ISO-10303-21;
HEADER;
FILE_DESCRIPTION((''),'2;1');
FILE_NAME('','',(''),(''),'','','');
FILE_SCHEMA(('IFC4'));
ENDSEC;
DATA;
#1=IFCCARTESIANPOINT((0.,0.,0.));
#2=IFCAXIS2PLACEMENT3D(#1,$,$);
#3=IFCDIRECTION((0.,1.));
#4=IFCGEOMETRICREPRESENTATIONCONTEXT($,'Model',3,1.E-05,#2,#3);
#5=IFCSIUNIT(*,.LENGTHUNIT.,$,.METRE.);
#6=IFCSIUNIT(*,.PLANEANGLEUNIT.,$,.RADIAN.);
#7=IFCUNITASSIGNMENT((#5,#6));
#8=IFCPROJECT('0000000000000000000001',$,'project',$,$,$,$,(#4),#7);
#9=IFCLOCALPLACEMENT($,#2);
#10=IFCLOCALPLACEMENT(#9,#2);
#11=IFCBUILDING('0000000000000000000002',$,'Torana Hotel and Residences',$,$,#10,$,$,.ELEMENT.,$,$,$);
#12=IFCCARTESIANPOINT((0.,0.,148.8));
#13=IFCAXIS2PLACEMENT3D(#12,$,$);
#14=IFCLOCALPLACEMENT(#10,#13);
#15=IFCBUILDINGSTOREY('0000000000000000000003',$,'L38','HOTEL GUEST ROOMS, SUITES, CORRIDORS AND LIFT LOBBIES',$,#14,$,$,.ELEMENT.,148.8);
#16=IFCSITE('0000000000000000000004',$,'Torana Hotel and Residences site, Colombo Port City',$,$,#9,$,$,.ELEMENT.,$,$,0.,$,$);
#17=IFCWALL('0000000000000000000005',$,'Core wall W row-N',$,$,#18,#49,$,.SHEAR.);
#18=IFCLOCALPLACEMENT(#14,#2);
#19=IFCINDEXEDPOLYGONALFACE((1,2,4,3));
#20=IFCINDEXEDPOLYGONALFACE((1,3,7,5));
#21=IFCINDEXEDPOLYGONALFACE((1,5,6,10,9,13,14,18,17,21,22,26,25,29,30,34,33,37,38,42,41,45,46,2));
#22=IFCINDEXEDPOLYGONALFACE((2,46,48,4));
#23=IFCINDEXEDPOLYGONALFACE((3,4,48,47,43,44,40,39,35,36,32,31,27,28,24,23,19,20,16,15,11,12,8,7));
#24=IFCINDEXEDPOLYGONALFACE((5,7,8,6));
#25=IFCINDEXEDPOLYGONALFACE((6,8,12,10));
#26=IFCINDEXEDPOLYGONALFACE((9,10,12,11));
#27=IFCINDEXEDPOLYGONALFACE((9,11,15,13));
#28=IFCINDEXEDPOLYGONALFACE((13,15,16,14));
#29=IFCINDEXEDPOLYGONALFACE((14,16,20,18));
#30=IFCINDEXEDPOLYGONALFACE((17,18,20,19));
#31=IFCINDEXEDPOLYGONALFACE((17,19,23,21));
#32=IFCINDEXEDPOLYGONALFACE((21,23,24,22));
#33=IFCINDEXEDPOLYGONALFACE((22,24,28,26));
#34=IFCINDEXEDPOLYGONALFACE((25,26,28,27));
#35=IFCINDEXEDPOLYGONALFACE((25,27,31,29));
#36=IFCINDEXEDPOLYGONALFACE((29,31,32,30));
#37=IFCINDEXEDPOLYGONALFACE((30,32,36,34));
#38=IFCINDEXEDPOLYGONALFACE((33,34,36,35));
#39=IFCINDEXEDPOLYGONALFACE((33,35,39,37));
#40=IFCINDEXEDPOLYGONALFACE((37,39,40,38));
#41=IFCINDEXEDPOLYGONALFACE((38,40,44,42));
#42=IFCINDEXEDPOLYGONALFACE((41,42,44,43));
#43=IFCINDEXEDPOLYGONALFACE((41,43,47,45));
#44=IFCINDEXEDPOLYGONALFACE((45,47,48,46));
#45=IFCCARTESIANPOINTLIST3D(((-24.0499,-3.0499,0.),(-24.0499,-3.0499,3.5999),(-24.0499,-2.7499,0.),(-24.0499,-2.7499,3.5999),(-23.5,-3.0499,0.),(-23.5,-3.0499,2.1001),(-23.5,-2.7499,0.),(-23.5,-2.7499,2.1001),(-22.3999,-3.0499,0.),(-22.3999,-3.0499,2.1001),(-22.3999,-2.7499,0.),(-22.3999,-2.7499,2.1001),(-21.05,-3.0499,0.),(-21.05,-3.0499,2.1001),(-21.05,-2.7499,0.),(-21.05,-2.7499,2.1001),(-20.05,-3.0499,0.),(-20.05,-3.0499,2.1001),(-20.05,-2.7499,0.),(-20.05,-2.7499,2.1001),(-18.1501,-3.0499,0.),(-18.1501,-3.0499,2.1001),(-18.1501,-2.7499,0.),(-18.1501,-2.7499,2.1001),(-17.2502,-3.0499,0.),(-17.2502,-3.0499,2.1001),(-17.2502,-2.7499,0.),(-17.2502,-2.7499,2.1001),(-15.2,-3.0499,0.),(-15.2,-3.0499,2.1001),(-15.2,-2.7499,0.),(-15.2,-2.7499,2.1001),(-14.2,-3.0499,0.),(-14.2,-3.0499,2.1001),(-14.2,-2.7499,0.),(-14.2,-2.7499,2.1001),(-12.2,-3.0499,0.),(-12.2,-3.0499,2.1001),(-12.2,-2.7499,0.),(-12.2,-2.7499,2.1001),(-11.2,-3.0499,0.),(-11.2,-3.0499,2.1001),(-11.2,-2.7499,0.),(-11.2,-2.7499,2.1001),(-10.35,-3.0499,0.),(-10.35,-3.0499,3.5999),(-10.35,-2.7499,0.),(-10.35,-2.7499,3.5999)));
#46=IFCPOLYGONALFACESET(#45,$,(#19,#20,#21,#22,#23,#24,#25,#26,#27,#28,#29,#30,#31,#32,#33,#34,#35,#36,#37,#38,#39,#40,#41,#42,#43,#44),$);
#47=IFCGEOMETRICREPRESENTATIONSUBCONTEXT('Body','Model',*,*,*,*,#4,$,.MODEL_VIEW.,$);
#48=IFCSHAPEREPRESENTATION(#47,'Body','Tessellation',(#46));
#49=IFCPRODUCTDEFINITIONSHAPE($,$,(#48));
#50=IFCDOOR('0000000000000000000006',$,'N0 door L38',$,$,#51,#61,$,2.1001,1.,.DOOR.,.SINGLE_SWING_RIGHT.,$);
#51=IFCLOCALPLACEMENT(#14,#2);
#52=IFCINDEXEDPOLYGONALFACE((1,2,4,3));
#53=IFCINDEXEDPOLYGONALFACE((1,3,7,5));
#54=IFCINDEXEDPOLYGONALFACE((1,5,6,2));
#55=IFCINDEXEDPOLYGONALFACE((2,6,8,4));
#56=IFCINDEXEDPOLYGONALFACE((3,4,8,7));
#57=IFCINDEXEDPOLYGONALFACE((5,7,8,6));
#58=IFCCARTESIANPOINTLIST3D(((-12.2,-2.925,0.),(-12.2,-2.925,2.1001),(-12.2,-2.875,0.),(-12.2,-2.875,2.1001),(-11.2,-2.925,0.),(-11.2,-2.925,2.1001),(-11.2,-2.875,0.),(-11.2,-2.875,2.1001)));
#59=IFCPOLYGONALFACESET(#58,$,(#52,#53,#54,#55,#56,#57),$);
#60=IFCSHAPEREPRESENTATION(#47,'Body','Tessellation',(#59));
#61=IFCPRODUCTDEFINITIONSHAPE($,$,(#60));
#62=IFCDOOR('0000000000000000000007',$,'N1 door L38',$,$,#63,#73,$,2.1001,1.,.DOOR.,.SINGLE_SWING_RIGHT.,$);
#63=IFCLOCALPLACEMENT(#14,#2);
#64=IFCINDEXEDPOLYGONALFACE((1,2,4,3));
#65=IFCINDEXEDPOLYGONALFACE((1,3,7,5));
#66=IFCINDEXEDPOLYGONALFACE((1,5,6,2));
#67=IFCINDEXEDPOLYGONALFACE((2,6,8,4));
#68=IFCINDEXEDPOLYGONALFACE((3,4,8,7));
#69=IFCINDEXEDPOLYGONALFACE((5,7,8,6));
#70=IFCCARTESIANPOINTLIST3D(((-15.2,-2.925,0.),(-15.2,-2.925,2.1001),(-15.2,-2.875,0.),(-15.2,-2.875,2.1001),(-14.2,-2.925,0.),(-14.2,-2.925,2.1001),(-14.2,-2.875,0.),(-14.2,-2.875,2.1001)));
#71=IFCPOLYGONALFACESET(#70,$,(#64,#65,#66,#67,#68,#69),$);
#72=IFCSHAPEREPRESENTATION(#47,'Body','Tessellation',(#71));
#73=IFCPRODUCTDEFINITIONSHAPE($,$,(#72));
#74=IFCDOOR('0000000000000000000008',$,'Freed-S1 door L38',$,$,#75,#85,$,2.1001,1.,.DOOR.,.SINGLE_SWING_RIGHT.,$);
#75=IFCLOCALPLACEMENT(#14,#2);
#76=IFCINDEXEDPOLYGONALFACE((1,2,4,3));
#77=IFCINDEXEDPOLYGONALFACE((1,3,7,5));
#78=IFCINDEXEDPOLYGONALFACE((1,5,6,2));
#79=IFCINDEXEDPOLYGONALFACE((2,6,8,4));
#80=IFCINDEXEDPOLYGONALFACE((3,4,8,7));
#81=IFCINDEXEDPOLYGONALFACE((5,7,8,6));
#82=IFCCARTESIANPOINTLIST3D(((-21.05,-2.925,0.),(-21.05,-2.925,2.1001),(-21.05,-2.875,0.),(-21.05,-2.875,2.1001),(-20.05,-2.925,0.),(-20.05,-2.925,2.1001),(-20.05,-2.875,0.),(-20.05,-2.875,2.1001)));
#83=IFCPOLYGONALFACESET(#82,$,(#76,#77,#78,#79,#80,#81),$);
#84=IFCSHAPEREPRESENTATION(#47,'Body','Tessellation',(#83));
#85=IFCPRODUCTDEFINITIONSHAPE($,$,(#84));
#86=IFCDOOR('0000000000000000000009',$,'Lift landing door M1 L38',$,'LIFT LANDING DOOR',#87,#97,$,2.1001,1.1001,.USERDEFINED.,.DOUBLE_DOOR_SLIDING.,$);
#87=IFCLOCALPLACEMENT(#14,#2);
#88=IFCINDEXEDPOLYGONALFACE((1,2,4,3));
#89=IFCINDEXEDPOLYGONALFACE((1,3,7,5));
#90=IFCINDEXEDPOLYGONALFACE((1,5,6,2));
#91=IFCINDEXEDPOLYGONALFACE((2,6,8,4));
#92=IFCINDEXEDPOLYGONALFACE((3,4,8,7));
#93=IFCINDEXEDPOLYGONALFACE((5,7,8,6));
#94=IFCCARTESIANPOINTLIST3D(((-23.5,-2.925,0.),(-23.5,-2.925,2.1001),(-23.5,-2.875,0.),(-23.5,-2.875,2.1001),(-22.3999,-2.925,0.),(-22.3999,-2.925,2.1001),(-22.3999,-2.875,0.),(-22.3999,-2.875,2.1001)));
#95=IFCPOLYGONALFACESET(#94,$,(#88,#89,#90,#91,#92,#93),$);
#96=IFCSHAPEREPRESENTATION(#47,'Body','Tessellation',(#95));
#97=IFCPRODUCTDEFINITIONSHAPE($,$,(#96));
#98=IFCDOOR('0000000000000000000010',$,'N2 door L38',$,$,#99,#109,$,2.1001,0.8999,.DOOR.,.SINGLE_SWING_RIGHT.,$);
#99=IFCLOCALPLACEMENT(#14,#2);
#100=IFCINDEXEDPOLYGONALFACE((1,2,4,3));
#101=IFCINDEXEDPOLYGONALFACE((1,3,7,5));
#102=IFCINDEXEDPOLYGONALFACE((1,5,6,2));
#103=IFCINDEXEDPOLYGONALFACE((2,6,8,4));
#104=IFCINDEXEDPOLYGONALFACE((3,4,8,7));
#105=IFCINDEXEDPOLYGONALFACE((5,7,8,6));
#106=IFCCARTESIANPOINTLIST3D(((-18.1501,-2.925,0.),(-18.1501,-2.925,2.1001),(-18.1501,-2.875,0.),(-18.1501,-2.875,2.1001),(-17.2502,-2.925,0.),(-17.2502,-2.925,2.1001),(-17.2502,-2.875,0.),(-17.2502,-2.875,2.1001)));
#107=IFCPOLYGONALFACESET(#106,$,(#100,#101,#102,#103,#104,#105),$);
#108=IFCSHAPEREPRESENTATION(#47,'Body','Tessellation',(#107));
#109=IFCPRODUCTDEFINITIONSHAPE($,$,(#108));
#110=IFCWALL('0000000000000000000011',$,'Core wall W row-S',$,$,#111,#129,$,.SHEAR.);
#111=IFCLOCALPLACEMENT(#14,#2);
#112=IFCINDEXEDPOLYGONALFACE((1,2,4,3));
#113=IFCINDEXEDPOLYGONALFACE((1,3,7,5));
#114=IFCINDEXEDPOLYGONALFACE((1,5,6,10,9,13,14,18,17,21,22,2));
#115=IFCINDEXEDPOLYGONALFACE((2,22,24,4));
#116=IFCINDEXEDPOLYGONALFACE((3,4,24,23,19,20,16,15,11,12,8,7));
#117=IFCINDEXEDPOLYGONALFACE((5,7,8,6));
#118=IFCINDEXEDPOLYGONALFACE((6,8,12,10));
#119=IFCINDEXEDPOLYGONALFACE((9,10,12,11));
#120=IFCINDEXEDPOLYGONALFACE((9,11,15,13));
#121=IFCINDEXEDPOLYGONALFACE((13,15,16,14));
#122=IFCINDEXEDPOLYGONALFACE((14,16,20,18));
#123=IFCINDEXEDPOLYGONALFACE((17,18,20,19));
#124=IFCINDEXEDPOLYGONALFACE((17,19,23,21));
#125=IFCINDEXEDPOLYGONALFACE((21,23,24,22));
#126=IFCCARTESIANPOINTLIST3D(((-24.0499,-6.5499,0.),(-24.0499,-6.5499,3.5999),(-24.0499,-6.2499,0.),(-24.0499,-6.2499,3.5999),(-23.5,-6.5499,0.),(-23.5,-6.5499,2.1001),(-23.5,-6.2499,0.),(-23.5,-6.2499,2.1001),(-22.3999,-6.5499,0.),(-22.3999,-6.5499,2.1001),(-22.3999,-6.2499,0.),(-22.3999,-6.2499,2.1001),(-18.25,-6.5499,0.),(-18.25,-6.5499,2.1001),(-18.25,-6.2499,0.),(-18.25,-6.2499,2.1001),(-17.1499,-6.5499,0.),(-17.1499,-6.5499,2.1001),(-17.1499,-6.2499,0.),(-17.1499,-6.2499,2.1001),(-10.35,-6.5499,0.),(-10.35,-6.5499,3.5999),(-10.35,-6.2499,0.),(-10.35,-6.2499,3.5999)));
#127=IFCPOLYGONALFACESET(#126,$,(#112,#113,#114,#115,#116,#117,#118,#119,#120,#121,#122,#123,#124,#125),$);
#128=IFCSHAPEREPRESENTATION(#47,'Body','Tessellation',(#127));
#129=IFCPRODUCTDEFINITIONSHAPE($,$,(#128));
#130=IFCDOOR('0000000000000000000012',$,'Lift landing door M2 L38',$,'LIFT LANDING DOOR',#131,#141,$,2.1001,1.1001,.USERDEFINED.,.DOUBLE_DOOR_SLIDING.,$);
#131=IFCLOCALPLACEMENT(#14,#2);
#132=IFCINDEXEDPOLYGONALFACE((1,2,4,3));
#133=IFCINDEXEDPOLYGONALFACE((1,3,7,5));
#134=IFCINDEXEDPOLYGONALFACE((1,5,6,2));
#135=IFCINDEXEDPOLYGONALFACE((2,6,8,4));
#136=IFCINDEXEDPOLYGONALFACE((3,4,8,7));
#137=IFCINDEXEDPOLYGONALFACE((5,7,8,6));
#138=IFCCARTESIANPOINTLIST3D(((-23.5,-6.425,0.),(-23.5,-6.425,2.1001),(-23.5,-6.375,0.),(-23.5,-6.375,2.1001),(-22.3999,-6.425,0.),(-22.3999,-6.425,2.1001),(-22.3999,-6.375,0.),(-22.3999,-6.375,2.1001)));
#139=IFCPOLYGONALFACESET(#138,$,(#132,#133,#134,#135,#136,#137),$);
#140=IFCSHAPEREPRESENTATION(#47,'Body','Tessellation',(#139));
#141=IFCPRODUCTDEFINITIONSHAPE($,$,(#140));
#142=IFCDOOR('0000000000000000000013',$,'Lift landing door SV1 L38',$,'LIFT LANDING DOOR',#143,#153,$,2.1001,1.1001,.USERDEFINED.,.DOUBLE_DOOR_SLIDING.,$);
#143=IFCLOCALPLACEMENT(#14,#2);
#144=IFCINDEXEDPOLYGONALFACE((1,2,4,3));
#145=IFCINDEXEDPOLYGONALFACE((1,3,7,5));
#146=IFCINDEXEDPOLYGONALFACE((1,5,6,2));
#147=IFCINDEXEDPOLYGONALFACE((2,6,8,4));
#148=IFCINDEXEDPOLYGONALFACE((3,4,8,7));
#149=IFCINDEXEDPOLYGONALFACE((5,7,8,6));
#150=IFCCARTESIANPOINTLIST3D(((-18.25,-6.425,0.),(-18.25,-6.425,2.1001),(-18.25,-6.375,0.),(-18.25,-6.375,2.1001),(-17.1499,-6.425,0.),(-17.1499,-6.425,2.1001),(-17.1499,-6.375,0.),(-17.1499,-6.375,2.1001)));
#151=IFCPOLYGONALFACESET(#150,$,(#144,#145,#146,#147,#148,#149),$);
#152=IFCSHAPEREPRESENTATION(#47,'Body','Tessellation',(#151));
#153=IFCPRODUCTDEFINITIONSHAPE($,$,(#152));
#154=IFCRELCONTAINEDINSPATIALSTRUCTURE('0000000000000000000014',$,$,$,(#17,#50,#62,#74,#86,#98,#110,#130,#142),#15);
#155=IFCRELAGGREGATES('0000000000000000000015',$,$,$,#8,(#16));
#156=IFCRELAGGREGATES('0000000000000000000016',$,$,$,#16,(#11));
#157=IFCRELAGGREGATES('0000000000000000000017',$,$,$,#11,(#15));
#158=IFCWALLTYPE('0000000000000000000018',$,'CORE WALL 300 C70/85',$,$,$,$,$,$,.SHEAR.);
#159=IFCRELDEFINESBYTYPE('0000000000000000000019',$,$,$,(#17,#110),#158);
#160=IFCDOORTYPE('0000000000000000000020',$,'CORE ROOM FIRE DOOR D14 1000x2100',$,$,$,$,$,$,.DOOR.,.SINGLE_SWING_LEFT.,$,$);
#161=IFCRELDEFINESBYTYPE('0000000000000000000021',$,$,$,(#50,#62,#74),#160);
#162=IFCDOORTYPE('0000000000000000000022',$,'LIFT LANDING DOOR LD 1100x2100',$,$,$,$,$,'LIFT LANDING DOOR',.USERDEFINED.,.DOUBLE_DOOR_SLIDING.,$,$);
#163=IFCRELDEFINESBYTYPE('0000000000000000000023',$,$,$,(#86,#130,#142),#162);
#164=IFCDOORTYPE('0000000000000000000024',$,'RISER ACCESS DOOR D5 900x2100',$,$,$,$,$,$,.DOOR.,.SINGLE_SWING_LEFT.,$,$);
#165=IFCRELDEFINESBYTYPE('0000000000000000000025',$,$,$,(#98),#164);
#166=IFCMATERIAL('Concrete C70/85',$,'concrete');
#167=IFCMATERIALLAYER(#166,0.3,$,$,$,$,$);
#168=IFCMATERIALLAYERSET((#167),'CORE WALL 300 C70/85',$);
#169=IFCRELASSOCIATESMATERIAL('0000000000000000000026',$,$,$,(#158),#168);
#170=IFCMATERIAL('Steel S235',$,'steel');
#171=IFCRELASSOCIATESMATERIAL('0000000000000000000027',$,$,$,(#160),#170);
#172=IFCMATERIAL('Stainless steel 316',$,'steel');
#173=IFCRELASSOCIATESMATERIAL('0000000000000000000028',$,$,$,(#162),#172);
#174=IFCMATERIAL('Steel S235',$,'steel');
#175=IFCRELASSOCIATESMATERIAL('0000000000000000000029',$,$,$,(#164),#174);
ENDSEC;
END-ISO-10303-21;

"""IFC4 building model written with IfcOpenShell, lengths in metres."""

from ifc_helpers import new_model, si_unit, direction, frame, frame_2d, origin, place, context, subcontext, project, spatial, rectangle, extrude, material, layer, layer_set, type_object, element, fill, save


model = new_model("IFC4")

# Units and contexts
model_context = context("Model", 3, precision=1e-05, world=origin(), true_north=direction((0.0, 1.0)))
body_context = subcontext(model_context, "Body", "Model", "MODEL_VIEW")
ifc_project = project(units=[si_unit("LENGTHUNIT", "METRE"), si_unit("PLANEANGLEUNIT", "RADIAN")], contexts=[model_context])

# Site, building, storey
site_placement = place(None, origin())
site = spatial("IfcSite", under=ifc_project, at=site_placement, Name="Torana Hotel and Residences site, Colombo Port City", CompositionType="ELEMENT", RefElevation=0.0)
building_placement = place(site_placement, origin())
building = spatial("IfcBuilding", under=site, at=building_placement, Name="Torana Hotel and Residences", CompositionType="ELEMENT")
storey_placement = place(building_placement, frame((0.0, 0.0, 148.8)))
storey = spatial("IfcBuildingStorey", under=building, at=storey_placement, Name="L38", Description="HOTEL GUEST ROOMS, SUITES, CORRIDORS AND LIFT LOBBIES", CompositionType="ELEMENT", Elevation=148.8)

# Walls, openings, doors
ifc_material_1 = material(Name="Concrete C70/85", Category="concrete")
ifc_layer_1 = layer(ifc_material_1, 0.3)
ifc_layer_set_1 = layer_set([ifc_layer_1], Name="CORE WALL 300 C70/85")
wall_type_1 = type_object("IfcWallType", Name="CORE WALL 300 C70/85", PredefinedType="SHEAR", material=ifc_layer_set_1)
wall_1_placement = place(storey_placement, frame((-24.05, -2.8999, 0.0), z_axis=(0.0, 0.0, 1.0), x_axis=(1.0, 0.0, 0.0)))
wall_1 = element("IfcWall", 1, at=wall_1_placement, inside=storey, type_object=wall_type_1, Name="Core wall W row-N", PredefinedType="SHEAR", context=body_context, shape_type="SweptSolid", body=[
    extrude(rectangle(XDim=13.7, YDim=0.3, at=frame_2d((6.8501, 0.0))), origin(), (0.0, 0.0, 1.0), 3.5999),
])
opening_1_placement = place(wall_1_placement, frame((0.55, 0.0, 0.0)))
opening_1 = element("IfcOpeningElement", 2, at=opening_1_placement, cuts=wall_1, PredefinedType="OPENING", context=body_context, shape_type="SweptSolid", body=[
    extrude(rectangle(XDim=1.1001, YDim=2.1001, at=frame_2d((0.55, 1.05))), frame((0.0, 0.1599, 0.0), z_axis=(0.0, -1.0, 0.0), x_axis=(1.0, 0.0, 0.0)), (0.0, 0.0, 1.0), 0.3201),
])
opening_2_placement = place(wall_1_placement, frame((5.8999, 0.0, 0.0)))
opening_2 = element("IfcOpeningElement", 3, at=opening_2_placement, cuts=wall_1, PredefinedType="OPENING", context=body_context, shape_type="SweptSolid", body=[
    extrude(rectangle(XDim=0.8999, YDim=2.1001, at=frame_2d((0.45, 1.05))), frame((0.0, 0.1599, 0.0), z_axis=(0.0, -1.0, 0.0), x_axis=(1.0, 0.0, 0.0)), (0.0, 0.0, 1.0), 0.3201),
])
opening_3_placement = place(wall_1_placement, frame((11.8501, 0.0, 0.0)))
opening_3 = element("IfcOpeningElement", 4, at=opening_3_placement, cuts=wall_1, PredefinedType="OPENING", context=body_context, shape_type="SweptSolid", body=[
    extrude(rectangle(XDim=1.0, YDim=2.1001, at=frame_2d((0.5, 1.05))), frame((0.0, 0.1599, 0.0), z_axis=(0.0, -1.0, 0.0), x_axis=(1.0, 0.0, 0.0)), (0.0, 0.0, 1.0), 0.3201),
])
opening_4_placement = place(wall_1_placement, frame((8.8501, 0.0, 0.0)))
opening_4 = element("IfcOpeningElement", 5, at=opening_4_placement, cuts=wall_1, PredefinedType="OPENING", context=body_context, shape_type="SweptSolid", body=[
    extrude(rectangle(XDim=1.0, YDim=2.1001, at=frame_2d((0.5, 1.05))), frame((0.0, 0.1599, 0.0), z_axis=(0.0, -1.0, 0.0), x_axis=(1.0, 0.0, 0.0)), (0.0, 0.0, 1.0), 0.3201),
])
opening_5_placement = place(wall_1_placement, frame((3.0, 0.0, 0.0)))
opening_5 = element("IfcOpeningElement", 6, at=opening_5_placement, cuts=wall_1, PredefinedType="OPENING", context=body_context, shape_type="SweptSolid", body=[
    extrude(rectangle(XDim=1.0, YDim=2.1001, at=frame_2d((0.5, 1.05))), frame((0.0, 0.1599, 0.0), z_axis=(0.0, -1.0, 0.0), x_axis=(1.0, 0.0, 0.0)), (0.0, 0.0, 1.0), 0.3201),
])
ifc_material_2 = material(Name="Steel S235", Category="steel")
door_type_1 = type_object("IfcDoorType", Name="CORE ROOM FIRE DOOR D14 1000x2100", OperationType="SINGLE_SWING_LEFT", PredefinedType="DOOR", material=ifc_material_2)
door_1_placement = place(opening_3_placement, origin())
door_1 = element("IfcDoor", 7, at=door_1_placement, inside=storey, type_object=door_type_1, Name="N0 door L38", OperationType="SINGLE_SWING_RIGHT", OverallHeight=2.1001, OverallWidth=1.0, PredefinedType="DOOR", context=body_context, shape_type="SweptSolid", body=[
    extrude(rectangle(XDim=1.0, YDim=2.1001, at=frame_2d((0.5, 1.05))), frame((0.0, 0.0249, 0.0), z_axis=(0.0, -1.0, 0.0), x_axis=(1.0, 0.0, 0.0)), (0.0, 0.0, 1.0), 0.05),
])
fill(opening_3, door_1)
door_2_placement = place(opening_4_placement, origin())
door_2 = element("IfcDoor", 8, at=door_2_placement, inside=storey, type_object=door_type_1, Name="N1 door L38", OperationType="SINGLE_SWING_RIGHT", OverallHeight=2.1001, OverallWidth=1.0, PredefinedType="DOOR", context=body_context, shape_type="SweptSolid", body=[
    extrude(rectangle(XDim=1.0, YDim=2.1001, at=frame_2d((0.5, 1.05))), frame((0.0, 0.0249, 0.0), z_axis=(0.0, -1.0, 0.0), x_axis=(1.0, 0.0, 0.0)), (0.0, 0.0, 1.0), 0.05),
])
fill(opening_4, door_2)
door_3_placement = place(opening_5_placement, origin())
door_3 = element("IfcDoor", 9, at=door_3_placement, inside=storey, type_object=door_type_1, Name="Freed-S1 door L38", OperationType="SINGLE_SWING_RIGHT", OverallHeight=2.1001, OverallWidth=1.0, PredefinedType="DOOR", context=body_context, shape_type="SweptSolid", body=[
    extrude(rectangle(XDim=1.0, YDim=2.1001, at=frame_2d((0.5, 1.05))), frame((0.0, 0.0249, 0.0), z_axis=(0.0, -1.0, 0.0), x_axis=(1.0, 0.0, 0.0)), (0.0, 0.0, 1.0), 0.05),
])
fill(opening_5, door_3)
ifc_material_3 = material(Name="Stainless steel 316", Category="steel")
door_type_2 = type_object("IfcDoorType", Name="LIFT LANDING DOOR LD 1100x2100", ElementType="LIFT LANDING DOOR", OperationType="DOUBLE_DOOR_SLIDING", PredefinedType="USERDEFINED", material=ifc_material_3)
door_4_placement = place(opening_1_placement, origin())
door_4 = element("IfcDoor", 10, at=door_4_placement, inside=storey, type_object=door_type_2, Name="Lift landing door M1 L38", ObjectType="LIFT LANDING DOOR", OperationType="DOUBLE_DOOR_SLIDING", OverallHeight=2.1001, OverallWidth=1.1001, PredefinedType="USERDEFINED", context=body_context, shape_type="SweptSolid", body=[
    extrude(rectangle(XDim=1.1001, YDim=2.1001, at=frame_2d((0.55, 1.05))), frame((0.0, 0.0249, 0.0), z_axis=(0.0, -1.0, 0.0), x_axis=(1.0, 0.0, 0.0)), (0.0, 0.0, 1.0), 0.05),
])
fill(opening_1, door_4)
ifc_material_4 = material(Name="Steel S235", Category="steel")
door_type_3 = type_object("IfcDoorType", Name="RISER ACCESS DOOR D5 900x2100", OperationType="SINGLE_SWING_LEFT", PredefinedType="DOOR", material=ifc_material_4)
door_5_placement = place(opening_2_placement, origin())
door_5 = element("IfcDoor", 11, at=door_5_placement, inside=storey, type_object=door_type_3, Name="N2 door L38", OperationType="SINGLE_SWING_RIGHT", OverallHeight=2.1001, OverallWidth=0.8999, PredefinedType="DOOR", context=body_context, shape_type="SweptSolid", body=[
    extrude(rectangle(XDim=0.8999, YDim=2.1001, at=frame_2d((0.45, 1.05))), frame((0.0, 0.0249, 0.0), z_axis=(0.0, -1.0, 0.0), x_axis=(1.0, 0.0, 0.0)), (0.0, 0.0, 1.0), 0.05),
])
fill(opening_2, door_5)
wall_2_placement = place(storey_placement, frame((-24.05, -6.3999, 0.0), z_axis=(0.0, 0.0, 1.0), x_axis=(1.0, 0.0, 0.0)))
wall_2 = element("IfcWall", 12, at=wall_2_placement, inside=storey, type_object=wall_type_1, Name="Core wall W row-S", PredefinedType="SHEAR", context=body_context, shape_type="SweptSolid", body=[
    extrude(rectangle(XDim=13.7, YDim=0.3, at=frame_2d((6.8501, 0.0))), origin(), (0.0, 0.0, 1.0), 3.5999),
])
opening_6_placement = place(wall_2_placement, frame((0.55, 0.0, 0.0)))
opening_6 = element("IfcOpeningElement", 13, at=opening_6_placement, cuts=wall_2, PredefinedType="OPENING", context=body_context, shape_type="SweptSolid", body=[
    extrude(rectangle(XDim=1.1001, YDim=2.1001, at=frame_2d((0.55, 1.05))), frame((0.0, 0.1599, 0.0), z_axis=(0.0, -1.0, 0.0), x_axis=(1.0, 0.0, 0.0)), (0.0, 0.0, 1.0), 0.3201),
])
opening_7_placement = place(wall_2_placement, frame((5.8, 0.0, 0.0)))
opening_7 = element("IfcOpeningElement", 14, at=opening_7_placement, cuts=wall_2, PredefinedType="OPENING", context=body_context, shape_type="SweptSolid", body=[
    extrude(rectangle(XDim=1.1001, YDim=2.1001, at=frame_2d((0.55, 1.05))), frame((0.0, 0.1599, 0.0), z_axis=(0.0, -1.0, 0.0), x_axis=(1.0, 0.0, 0.0)), (0.0, 0.0, 1.0), 0.3201),
])
door_6_placement = place(opening_6_placement, origin())
door_6 = element("IfcDoor", 15, at=door_6_placement, inside=storey, type_object=door_type_2, Name="Lift landing door M2 L38", ObjectType="LIFT LANDING DOOR", OperationType="DOUBLE_DOOR_SLIDING", OverallHeight=2.1001, OverallWidth=1.1001, PredefinedType="USERDEFINED", context=body_context, shape_type="SweptSolid", body=[
    extrude(rectangle(XDim=1.1001, YDim=2.1001, at=frame_2d((0.55, 1.05))), frame((0.0, 0.0249, 0.0), z_axis=(0.0, -1.0, 0.0), x_axis=(1.0, 0.0, 0.0)), (0.0, 0.0, 1.0), 0.05),
])
fill(opening_6, door_6)
door_7_placement = place(opening_7_placement, origin())
door_7 = element("IfcDoor", 16, at=door_7_placement, inside=storey, type_object=door_type_2, Name="Lift landing door SV1 L38", ObjectType="LIFT LANDING DOOR", OperationType="DOUBLE_DOOR_SLIDING", OverallHeight=2.1001, OverallWidth=1.1001, PredefinedType="USERDEFINED", context=body_context, shape_type="SweptSolid", body=[
    extrude(rectangle(XDim=1.1001, YDim=2.1001, at=frame_2d((0.55, 1.05))), frame((0.0, 0.0249, 0.0), z_axis=(0.0, -1.0, 0.0), x_axis=(1.0, 0.0, 0.0)), (0.0, 0.0, 1.0), 0.05),
])
fill(opening_7, door_7)

save(model, "model.ifc")
